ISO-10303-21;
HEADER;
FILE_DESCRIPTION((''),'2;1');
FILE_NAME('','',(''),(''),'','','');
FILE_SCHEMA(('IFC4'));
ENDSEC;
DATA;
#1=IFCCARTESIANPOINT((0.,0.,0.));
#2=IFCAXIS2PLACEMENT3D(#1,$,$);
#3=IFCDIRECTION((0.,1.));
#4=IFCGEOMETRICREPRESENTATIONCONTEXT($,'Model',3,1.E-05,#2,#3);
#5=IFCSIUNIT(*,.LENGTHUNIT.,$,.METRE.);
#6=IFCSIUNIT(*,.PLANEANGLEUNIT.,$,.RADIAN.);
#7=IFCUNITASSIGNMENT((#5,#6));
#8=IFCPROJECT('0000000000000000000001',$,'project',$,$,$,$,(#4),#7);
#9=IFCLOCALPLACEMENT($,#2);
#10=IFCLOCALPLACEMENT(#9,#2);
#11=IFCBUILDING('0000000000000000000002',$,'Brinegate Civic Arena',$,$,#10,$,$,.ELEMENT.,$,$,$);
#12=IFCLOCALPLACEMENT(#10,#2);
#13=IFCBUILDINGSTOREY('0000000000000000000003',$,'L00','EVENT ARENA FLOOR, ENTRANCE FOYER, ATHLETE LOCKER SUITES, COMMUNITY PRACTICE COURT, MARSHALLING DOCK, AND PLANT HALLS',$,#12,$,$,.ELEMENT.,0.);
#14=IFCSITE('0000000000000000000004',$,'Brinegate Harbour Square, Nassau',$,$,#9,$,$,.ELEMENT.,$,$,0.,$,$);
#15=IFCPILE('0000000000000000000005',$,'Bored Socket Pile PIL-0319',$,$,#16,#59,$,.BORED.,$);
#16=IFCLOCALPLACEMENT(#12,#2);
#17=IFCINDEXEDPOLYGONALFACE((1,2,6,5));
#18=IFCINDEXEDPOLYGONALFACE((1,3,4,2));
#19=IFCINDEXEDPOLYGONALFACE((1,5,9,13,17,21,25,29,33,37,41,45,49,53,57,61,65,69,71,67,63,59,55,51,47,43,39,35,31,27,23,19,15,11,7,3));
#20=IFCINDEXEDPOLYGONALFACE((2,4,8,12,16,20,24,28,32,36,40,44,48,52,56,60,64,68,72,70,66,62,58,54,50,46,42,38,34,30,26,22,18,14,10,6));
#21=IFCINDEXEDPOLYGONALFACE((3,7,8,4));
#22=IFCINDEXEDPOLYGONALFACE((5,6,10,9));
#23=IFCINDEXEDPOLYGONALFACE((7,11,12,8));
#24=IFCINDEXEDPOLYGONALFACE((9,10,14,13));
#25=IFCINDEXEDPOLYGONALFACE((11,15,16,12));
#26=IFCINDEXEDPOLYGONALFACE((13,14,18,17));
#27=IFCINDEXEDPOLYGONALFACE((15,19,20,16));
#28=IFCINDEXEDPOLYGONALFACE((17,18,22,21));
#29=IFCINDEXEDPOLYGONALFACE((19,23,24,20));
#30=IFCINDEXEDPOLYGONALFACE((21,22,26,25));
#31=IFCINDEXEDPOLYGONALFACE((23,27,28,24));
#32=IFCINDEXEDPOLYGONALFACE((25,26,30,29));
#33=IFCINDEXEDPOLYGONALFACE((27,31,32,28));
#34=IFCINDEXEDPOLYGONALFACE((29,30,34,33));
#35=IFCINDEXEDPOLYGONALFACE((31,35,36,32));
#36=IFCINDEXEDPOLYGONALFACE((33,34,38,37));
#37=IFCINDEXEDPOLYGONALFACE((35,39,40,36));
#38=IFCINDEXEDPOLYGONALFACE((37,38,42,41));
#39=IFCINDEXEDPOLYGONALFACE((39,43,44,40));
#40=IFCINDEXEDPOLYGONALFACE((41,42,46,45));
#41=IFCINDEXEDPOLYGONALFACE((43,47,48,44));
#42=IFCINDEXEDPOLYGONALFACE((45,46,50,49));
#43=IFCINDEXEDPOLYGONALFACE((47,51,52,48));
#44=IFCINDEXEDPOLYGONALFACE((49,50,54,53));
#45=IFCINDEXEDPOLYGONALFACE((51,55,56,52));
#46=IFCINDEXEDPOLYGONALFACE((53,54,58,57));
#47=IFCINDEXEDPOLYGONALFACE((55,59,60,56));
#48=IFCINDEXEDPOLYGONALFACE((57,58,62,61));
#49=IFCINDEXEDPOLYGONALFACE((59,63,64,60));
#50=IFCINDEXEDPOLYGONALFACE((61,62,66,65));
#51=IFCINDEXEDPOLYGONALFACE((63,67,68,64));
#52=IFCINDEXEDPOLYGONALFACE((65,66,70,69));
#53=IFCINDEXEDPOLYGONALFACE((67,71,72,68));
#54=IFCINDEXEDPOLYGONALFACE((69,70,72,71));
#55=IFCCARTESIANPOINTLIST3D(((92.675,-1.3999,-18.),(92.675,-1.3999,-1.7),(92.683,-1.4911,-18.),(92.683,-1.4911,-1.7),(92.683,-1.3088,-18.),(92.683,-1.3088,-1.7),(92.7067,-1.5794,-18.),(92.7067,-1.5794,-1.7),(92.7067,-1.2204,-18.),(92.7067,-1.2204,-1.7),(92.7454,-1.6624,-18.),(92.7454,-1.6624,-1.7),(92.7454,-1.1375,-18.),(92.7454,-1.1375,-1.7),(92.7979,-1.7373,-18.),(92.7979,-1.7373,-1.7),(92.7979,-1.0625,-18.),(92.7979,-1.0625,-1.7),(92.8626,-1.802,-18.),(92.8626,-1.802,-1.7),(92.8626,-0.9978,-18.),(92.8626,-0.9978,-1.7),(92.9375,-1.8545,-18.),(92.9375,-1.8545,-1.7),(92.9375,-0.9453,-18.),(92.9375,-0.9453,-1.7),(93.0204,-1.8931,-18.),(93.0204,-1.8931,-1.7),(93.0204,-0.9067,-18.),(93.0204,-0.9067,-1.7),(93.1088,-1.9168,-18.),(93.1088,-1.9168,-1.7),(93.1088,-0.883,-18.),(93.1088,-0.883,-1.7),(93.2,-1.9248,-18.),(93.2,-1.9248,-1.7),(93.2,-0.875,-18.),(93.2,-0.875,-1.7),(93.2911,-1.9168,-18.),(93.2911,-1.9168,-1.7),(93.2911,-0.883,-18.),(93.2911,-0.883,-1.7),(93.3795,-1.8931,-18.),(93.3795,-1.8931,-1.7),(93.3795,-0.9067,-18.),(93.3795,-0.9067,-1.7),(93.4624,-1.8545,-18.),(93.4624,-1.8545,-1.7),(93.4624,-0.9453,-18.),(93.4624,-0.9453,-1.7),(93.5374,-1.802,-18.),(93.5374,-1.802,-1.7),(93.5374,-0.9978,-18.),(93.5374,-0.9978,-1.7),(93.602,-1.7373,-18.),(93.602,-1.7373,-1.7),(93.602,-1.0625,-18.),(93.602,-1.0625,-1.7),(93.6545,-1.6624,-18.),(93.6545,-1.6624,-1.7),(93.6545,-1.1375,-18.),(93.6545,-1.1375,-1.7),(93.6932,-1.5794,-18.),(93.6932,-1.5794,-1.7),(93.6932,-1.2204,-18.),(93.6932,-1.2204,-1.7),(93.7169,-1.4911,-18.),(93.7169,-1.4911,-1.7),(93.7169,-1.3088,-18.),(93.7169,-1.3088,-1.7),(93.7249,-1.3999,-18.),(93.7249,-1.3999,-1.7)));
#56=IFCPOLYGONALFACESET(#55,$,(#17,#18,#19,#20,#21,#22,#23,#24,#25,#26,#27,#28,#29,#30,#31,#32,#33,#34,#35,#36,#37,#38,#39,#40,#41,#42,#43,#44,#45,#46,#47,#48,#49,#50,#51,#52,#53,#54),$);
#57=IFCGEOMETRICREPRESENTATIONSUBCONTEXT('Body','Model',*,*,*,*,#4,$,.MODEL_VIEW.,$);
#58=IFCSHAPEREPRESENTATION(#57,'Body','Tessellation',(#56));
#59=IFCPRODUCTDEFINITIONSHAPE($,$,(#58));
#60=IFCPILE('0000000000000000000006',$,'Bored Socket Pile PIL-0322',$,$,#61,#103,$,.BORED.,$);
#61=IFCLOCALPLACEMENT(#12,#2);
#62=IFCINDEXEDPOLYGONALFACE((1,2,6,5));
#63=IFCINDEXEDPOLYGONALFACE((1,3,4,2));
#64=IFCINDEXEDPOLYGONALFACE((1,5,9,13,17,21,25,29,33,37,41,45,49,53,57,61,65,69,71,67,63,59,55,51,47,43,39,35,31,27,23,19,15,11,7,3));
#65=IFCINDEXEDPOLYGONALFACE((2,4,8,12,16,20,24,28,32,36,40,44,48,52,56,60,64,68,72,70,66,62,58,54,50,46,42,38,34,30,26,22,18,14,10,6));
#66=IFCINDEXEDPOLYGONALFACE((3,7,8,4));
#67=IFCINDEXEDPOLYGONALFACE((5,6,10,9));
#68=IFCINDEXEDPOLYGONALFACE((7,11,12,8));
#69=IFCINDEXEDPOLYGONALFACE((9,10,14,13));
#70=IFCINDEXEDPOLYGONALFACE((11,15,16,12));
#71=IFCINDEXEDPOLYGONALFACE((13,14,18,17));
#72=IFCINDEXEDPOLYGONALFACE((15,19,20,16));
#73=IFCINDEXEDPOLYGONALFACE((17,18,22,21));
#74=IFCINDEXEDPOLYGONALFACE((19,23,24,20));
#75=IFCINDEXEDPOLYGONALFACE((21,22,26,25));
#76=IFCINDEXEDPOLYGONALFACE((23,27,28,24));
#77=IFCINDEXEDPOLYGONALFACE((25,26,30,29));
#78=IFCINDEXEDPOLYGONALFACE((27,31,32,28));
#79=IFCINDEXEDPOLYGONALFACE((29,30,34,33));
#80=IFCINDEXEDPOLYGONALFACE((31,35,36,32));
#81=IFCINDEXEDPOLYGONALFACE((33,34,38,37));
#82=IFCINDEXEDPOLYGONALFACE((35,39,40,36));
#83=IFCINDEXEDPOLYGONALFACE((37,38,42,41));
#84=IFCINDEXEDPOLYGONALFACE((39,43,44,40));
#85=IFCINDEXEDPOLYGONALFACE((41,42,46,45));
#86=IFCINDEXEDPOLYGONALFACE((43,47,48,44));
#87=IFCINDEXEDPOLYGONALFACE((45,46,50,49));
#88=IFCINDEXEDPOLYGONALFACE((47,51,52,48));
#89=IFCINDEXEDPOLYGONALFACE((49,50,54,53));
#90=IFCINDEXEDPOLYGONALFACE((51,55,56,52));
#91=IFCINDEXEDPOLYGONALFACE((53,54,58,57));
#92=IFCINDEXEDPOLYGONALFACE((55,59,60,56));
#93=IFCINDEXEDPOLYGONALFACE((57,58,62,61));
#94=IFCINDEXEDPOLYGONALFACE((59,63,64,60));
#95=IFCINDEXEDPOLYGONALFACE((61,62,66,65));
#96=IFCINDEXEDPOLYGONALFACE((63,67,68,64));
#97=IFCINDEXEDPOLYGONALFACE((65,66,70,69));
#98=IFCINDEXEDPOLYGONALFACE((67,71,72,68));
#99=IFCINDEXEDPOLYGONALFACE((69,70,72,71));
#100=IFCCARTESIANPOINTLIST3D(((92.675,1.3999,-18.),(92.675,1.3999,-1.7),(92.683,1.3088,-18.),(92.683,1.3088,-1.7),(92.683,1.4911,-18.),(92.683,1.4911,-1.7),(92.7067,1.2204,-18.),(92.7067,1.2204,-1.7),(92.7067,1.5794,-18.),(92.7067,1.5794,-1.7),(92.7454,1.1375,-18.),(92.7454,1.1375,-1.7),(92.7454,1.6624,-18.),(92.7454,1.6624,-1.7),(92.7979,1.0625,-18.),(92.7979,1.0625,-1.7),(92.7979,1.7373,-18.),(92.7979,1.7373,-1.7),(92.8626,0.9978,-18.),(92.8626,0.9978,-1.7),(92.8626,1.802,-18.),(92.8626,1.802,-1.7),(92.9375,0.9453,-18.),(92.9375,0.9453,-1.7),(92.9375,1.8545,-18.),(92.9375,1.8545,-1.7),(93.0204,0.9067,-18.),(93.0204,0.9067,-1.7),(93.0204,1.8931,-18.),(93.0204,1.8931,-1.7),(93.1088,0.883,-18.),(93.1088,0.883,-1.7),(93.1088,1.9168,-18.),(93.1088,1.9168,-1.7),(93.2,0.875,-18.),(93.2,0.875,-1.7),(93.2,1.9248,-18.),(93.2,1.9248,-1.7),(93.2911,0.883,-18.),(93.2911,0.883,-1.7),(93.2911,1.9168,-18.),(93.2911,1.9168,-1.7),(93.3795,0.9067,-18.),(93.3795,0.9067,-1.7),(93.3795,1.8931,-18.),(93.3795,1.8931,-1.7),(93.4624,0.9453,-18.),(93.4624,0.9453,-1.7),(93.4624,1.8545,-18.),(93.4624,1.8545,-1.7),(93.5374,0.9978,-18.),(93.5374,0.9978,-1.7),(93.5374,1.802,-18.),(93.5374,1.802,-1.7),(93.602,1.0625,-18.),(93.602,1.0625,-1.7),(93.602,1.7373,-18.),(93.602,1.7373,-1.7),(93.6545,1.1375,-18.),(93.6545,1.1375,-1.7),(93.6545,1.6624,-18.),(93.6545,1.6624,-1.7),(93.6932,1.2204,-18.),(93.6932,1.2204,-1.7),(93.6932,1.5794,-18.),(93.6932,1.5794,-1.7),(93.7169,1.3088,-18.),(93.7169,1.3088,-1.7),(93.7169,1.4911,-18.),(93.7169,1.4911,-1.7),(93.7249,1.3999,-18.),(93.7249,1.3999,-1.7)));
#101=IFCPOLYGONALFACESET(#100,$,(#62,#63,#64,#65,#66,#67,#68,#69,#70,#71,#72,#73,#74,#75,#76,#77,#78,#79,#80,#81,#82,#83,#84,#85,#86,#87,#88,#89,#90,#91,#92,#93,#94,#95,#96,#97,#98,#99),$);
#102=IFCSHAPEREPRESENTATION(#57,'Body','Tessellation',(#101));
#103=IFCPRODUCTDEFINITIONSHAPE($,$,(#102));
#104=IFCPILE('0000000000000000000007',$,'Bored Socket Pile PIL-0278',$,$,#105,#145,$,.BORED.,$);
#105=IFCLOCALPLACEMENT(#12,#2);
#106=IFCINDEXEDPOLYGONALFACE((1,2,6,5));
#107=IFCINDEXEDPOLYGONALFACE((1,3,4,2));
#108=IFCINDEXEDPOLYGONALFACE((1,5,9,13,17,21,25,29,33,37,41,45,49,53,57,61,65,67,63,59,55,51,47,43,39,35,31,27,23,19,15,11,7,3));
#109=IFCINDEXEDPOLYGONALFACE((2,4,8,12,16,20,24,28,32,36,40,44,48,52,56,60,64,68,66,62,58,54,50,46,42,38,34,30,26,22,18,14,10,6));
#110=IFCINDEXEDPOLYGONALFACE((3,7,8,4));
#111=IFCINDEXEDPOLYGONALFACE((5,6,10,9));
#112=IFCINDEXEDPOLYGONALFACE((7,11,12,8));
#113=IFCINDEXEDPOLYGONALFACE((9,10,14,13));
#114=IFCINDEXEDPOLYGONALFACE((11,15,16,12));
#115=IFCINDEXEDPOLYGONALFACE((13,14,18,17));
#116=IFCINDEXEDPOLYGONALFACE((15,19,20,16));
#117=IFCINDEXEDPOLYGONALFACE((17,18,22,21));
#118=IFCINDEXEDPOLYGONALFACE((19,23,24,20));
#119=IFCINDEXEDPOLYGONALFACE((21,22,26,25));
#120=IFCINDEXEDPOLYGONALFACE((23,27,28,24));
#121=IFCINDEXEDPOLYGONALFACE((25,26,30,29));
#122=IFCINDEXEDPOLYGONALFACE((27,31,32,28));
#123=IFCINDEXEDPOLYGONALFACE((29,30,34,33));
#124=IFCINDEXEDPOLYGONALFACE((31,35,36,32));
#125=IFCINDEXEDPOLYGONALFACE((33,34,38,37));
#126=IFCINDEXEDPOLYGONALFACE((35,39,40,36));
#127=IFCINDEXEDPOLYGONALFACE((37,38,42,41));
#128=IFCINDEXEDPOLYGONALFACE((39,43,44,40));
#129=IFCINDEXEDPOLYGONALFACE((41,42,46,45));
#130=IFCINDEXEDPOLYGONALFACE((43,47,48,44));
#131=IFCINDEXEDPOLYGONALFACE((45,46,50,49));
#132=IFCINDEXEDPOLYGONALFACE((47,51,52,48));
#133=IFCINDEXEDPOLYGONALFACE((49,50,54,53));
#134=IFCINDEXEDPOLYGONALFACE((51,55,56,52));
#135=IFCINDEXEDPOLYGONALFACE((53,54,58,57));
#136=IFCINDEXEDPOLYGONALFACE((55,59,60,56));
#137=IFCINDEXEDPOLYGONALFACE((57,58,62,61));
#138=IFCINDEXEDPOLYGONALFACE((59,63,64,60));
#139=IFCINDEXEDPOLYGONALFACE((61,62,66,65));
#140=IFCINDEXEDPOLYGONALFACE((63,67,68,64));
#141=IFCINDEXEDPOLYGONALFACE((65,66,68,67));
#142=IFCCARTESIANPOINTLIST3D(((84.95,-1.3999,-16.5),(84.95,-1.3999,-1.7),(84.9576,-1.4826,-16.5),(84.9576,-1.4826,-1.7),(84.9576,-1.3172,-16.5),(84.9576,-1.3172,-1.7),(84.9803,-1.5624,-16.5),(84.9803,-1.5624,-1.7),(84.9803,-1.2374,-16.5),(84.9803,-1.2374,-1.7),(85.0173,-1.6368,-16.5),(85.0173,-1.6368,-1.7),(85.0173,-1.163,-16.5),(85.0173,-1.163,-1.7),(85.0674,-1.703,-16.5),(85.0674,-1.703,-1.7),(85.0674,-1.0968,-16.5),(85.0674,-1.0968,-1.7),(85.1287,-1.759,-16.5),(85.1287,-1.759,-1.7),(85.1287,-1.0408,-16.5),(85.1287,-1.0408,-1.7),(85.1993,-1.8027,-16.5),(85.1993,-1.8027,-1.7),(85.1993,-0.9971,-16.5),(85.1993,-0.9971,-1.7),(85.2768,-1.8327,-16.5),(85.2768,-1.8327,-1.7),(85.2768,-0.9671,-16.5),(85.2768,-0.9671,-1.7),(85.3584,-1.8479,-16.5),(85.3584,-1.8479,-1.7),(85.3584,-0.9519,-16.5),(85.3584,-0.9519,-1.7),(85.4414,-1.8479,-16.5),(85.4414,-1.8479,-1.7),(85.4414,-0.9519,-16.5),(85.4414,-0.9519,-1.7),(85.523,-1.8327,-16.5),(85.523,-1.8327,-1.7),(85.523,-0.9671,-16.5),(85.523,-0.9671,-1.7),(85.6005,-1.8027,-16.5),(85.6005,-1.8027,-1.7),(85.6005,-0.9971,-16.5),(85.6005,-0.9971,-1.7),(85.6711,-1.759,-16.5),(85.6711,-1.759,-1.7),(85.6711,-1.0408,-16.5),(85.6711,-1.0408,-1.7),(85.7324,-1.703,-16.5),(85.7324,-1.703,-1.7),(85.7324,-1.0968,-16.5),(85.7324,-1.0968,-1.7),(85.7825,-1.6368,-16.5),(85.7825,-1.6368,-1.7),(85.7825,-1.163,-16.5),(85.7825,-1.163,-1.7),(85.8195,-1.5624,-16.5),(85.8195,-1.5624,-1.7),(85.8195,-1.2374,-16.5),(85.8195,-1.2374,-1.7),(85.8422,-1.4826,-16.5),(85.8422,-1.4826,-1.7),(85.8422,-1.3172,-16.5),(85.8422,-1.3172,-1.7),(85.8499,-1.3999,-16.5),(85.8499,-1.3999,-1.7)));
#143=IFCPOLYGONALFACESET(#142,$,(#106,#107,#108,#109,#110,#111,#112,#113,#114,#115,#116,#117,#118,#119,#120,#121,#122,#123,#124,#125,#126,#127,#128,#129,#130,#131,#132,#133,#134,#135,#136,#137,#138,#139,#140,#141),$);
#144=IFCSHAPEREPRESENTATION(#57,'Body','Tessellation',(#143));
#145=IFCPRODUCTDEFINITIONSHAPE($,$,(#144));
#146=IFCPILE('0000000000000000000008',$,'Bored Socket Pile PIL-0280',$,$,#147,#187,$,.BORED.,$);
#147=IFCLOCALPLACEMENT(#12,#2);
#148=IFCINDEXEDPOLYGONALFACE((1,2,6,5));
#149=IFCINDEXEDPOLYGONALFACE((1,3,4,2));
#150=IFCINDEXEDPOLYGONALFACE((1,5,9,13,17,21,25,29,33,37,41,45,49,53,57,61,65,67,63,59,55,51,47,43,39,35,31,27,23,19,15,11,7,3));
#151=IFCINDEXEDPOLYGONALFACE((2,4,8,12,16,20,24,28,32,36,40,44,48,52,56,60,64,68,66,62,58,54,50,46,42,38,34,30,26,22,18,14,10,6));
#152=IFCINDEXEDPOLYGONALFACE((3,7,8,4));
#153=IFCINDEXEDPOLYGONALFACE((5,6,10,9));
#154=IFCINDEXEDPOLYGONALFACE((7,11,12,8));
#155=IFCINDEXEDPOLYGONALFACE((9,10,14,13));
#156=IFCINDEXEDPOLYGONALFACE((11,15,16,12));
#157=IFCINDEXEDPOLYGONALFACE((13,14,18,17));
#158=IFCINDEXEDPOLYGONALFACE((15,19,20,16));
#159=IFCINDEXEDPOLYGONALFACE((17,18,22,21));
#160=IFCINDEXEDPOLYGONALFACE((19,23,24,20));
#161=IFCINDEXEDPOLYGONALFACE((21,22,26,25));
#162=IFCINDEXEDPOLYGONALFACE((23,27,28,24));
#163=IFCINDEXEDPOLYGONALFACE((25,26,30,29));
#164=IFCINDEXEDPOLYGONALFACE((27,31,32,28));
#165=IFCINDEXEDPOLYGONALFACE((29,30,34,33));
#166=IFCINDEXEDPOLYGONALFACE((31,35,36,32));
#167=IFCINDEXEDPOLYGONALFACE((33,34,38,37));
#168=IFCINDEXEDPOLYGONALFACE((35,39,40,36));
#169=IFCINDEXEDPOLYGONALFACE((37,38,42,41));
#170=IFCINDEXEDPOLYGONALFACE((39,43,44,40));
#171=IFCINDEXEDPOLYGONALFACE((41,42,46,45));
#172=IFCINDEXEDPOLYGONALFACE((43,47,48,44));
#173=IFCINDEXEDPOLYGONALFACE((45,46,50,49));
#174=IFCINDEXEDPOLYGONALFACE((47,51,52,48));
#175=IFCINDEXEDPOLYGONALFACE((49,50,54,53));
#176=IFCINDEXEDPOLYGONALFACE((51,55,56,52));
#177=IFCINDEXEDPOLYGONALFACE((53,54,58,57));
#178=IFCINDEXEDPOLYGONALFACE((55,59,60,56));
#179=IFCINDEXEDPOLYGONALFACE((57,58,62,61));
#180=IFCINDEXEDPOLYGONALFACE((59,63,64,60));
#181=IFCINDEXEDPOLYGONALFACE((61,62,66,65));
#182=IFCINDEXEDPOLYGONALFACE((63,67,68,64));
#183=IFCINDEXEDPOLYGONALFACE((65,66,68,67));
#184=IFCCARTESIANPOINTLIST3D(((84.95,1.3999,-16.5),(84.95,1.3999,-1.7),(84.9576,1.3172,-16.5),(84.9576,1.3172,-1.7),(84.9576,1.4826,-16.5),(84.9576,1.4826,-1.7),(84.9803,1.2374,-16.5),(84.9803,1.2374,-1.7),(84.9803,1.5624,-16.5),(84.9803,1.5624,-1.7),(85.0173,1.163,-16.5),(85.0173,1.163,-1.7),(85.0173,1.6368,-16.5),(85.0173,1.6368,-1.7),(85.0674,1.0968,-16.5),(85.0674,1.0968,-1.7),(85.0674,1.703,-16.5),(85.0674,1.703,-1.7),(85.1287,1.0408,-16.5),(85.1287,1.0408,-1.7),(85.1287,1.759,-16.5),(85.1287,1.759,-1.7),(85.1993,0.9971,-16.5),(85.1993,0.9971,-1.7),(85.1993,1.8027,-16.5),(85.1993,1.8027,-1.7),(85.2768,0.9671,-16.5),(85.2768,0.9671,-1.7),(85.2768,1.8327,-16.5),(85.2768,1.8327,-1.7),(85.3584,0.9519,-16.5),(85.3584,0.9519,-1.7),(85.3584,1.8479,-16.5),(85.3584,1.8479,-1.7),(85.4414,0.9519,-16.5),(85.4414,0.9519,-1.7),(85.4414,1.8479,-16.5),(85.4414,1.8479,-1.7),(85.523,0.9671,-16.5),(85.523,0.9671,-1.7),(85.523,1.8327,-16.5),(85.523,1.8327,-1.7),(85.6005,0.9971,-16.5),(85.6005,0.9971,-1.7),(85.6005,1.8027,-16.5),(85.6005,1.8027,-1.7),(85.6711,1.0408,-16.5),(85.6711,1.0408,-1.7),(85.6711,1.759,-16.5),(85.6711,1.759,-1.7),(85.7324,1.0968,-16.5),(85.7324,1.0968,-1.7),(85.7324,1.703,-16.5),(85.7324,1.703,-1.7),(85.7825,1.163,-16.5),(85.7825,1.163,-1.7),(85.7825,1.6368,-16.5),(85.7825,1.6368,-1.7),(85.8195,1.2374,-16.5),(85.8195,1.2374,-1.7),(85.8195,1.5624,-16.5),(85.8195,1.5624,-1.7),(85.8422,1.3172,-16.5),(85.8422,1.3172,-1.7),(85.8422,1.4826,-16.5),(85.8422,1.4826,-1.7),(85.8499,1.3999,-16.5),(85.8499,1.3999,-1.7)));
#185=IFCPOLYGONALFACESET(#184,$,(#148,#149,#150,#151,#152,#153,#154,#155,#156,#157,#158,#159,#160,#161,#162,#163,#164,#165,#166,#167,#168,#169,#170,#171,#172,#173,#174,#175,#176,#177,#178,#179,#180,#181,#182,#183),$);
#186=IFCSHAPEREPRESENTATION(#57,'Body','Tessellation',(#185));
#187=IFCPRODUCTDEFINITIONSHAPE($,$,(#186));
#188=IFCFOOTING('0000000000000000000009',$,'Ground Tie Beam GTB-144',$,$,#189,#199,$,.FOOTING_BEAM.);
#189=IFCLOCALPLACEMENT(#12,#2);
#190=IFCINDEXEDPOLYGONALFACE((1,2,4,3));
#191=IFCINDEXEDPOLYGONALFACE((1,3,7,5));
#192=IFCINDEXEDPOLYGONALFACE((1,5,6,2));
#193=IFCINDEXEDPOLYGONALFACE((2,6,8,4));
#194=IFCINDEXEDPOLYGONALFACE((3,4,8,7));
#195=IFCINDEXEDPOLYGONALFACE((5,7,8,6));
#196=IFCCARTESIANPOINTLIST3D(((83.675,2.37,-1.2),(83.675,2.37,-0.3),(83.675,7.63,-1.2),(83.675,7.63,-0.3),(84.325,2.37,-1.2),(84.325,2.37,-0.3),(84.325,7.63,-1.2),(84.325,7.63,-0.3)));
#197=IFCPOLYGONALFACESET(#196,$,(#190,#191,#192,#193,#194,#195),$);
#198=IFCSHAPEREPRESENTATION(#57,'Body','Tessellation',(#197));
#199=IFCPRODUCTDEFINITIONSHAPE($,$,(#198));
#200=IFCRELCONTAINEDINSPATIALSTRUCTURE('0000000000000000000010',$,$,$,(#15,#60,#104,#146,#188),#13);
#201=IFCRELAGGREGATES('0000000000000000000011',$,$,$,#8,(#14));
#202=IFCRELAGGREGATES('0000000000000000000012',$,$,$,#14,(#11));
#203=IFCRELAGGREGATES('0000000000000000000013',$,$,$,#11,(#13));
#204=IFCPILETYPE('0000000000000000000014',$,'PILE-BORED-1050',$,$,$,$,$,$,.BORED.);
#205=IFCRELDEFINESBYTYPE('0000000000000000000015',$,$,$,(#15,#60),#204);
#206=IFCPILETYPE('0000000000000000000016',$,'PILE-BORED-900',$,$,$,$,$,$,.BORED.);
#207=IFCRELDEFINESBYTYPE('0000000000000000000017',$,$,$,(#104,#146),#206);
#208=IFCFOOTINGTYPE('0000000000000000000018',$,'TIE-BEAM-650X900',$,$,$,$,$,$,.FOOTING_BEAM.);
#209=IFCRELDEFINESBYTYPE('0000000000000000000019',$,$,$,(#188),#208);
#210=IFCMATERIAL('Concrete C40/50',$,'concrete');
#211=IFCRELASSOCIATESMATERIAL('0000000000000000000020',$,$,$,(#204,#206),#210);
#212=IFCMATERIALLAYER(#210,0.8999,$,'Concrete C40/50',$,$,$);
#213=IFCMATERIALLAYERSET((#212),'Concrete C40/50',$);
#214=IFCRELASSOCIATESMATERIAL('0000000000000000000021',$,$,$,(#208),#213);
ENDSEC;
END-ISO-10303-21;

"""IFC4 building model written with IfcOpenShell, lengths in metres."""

from ifc_helpers import new_model, si_unit, direction, frame, origin, origin_2d, place, context, subcontext, project, spatial, rectangle, circle, extrude, material, layer, layer_set, material_profile, profile_set, type_object, element, save


model = new_model("IFC4")

# Units and contexts
model_context = context("Model", 3, precision=1e-05, world=origin(), true_north=direction((0.0, 1.0)))
body_context = subcontext(model_context, "Body", "Model", "MODEL_VIEW")
ifc_project = project(units=[si_unit("LENGTHUNIT", "METRE"), si_unit("PLANEANGLEUNIT", "RADIAN")], contexts=[model_context])

# Site, building, storey
site_placement = place(None, origin())
site = spatial("IfcSite", under=ifc_project, at=site_placement, Name="Brinegate Harbour Square, Nassau", CompositionType="ELEMENT", RefElevation=0.0)
building_placement = place(site_placement, origin())
building = spatial("IfcBuilding", under=site, at=building_placement, Name="Brinegate Civic Arena", CompositionType="ELEMENT")
storey_placement = place(building_placement, origin())
storey = spatial("IfcBuildingStorey", under=building, at=storey_placement, Name="L00", Description="EVENT ARENA FLOOR, ENTRANCE FOYER, ATHLETE LOCKER SUITES, COMMUNITY PRACTICE COURT, MARSHALLING DOCK, AND PLANT HALLS", CompositionType="ELEMENT", Elevation=0.0)

# Piles
ifc_material_1 = material(Name="Concrete C40/50", Category="concrete")
ifc_material_profile_1 = material_profile(ifc_material_1, circle(Radius=0.5249, at=origin_2d()), Name="PILED1050")
ifc_profile_set_1 = profile_set([ifc_material_profile_1], Name="Concrete C40/50")
pile_type_1 = type_object("IfcPileType", Name="PILE-BORED-1050", PredefinedType="BORED", material=ifc_profile_set_1)
for number, where, z_axis, x_axis, name in (
    (1, (93.2, -1.3999, -1.7), (0.0, 0.0, -1.0), (1.0, 0.0, 0.0), "Bored Socket Pile PIL-0319"),
    (2, (93.2, 1.3999, -1.7), (0.0, 0.0, -1.0), (1.0, 0.0, 0.0), "Bored Socket Pile PIL-0322"),
):
    element("IfcPile", number, at=place(storey_placement, frame(where, z_axis=z_axis, x_axis=x_axis)), inside=storey, type_object=pile_type_1, Name=name, PredefinedType="BORED", context=body_context, shape_type="SweptSolid", body=[
        extrude(circle(Radius=0.5249, at=origin_2d()), origin(), (0.0, 0.0, 1.0), 16.3),
    ])
ifc_material_profile_2 = material_profile(ifc_material_1, circle(Radius=0.45, at=origin_2d()), Name="PILED900")
ifc_profile_set_2 = profile_set([ifc_material_profile_2], Name="Concrete C40/50")
pile_type_2 = type_object("IfcPileType", Name="PILE-BORED-900", PredefinedType="BORED", material=ifc_profile_set_2)
for number, where, z_axis, x_axis, name in (
    (3, (85.3999, -1.3999, -1.7), (0.0, 0.0, -1.0), (1.0, 0.0, 0.0), "Bored Socket Pile PIL-0278"),
    (4, (85.3999, 1.3999, -1.7), (0.0, 0.0, -1.0), (1.0, 0.0, 0.0), "Bored Socket Pile PIL-0280"),
):
    element("IfcPile", number, at=place(storey_placement, frame(where, z_axis=z_axis, x_axis=x_axis)), inside=storey, type_object=pile_type_2, Name=name, PredefinedType="BORED", context=body_context, shape_type="SweptSolid", body=[
        extrude(circle(Radius=0.45, at=origin_2d()), origin(), (0.0, 0.0, 1.0), 14.8),
    ])

# Footing
ifc_layer_1 = layer(ifc_material_1, 0.8999, Name="Concrete C40/50")
ifc_layer_set_1 = layer_set([ifc_layer_1], Name="Concrete C40/50")
footing_type_1 = type_object("IfcFootingType", Name="TIE-BEAM-650X900", PredefinedType="FOOTING_BEAM", material=ifc_layer_set_1)
footing_1_placement = place(storey_placement, frame((84.0, 5.0, -1.2), z_axis=(0.0, 0.0, 1.0), x_axis=(0.0, 1.0, 0.0)))
element("IfcFooting", 5, at=footing_1_placement, inside=storey, type_object=footing_type_1, Name="Ground Tie Beam GTB-144", PredefinedType="FOOTING_BEAM", context=body_context, shape_type="SweptSolid", body=[
    extrude(rectangle(XDim=5.26, YDim=0.6499, at=origin_2d()), origin(), (0.0, 0.0, 1.0), 0.8999),
])

save(model, "model.ifc")
